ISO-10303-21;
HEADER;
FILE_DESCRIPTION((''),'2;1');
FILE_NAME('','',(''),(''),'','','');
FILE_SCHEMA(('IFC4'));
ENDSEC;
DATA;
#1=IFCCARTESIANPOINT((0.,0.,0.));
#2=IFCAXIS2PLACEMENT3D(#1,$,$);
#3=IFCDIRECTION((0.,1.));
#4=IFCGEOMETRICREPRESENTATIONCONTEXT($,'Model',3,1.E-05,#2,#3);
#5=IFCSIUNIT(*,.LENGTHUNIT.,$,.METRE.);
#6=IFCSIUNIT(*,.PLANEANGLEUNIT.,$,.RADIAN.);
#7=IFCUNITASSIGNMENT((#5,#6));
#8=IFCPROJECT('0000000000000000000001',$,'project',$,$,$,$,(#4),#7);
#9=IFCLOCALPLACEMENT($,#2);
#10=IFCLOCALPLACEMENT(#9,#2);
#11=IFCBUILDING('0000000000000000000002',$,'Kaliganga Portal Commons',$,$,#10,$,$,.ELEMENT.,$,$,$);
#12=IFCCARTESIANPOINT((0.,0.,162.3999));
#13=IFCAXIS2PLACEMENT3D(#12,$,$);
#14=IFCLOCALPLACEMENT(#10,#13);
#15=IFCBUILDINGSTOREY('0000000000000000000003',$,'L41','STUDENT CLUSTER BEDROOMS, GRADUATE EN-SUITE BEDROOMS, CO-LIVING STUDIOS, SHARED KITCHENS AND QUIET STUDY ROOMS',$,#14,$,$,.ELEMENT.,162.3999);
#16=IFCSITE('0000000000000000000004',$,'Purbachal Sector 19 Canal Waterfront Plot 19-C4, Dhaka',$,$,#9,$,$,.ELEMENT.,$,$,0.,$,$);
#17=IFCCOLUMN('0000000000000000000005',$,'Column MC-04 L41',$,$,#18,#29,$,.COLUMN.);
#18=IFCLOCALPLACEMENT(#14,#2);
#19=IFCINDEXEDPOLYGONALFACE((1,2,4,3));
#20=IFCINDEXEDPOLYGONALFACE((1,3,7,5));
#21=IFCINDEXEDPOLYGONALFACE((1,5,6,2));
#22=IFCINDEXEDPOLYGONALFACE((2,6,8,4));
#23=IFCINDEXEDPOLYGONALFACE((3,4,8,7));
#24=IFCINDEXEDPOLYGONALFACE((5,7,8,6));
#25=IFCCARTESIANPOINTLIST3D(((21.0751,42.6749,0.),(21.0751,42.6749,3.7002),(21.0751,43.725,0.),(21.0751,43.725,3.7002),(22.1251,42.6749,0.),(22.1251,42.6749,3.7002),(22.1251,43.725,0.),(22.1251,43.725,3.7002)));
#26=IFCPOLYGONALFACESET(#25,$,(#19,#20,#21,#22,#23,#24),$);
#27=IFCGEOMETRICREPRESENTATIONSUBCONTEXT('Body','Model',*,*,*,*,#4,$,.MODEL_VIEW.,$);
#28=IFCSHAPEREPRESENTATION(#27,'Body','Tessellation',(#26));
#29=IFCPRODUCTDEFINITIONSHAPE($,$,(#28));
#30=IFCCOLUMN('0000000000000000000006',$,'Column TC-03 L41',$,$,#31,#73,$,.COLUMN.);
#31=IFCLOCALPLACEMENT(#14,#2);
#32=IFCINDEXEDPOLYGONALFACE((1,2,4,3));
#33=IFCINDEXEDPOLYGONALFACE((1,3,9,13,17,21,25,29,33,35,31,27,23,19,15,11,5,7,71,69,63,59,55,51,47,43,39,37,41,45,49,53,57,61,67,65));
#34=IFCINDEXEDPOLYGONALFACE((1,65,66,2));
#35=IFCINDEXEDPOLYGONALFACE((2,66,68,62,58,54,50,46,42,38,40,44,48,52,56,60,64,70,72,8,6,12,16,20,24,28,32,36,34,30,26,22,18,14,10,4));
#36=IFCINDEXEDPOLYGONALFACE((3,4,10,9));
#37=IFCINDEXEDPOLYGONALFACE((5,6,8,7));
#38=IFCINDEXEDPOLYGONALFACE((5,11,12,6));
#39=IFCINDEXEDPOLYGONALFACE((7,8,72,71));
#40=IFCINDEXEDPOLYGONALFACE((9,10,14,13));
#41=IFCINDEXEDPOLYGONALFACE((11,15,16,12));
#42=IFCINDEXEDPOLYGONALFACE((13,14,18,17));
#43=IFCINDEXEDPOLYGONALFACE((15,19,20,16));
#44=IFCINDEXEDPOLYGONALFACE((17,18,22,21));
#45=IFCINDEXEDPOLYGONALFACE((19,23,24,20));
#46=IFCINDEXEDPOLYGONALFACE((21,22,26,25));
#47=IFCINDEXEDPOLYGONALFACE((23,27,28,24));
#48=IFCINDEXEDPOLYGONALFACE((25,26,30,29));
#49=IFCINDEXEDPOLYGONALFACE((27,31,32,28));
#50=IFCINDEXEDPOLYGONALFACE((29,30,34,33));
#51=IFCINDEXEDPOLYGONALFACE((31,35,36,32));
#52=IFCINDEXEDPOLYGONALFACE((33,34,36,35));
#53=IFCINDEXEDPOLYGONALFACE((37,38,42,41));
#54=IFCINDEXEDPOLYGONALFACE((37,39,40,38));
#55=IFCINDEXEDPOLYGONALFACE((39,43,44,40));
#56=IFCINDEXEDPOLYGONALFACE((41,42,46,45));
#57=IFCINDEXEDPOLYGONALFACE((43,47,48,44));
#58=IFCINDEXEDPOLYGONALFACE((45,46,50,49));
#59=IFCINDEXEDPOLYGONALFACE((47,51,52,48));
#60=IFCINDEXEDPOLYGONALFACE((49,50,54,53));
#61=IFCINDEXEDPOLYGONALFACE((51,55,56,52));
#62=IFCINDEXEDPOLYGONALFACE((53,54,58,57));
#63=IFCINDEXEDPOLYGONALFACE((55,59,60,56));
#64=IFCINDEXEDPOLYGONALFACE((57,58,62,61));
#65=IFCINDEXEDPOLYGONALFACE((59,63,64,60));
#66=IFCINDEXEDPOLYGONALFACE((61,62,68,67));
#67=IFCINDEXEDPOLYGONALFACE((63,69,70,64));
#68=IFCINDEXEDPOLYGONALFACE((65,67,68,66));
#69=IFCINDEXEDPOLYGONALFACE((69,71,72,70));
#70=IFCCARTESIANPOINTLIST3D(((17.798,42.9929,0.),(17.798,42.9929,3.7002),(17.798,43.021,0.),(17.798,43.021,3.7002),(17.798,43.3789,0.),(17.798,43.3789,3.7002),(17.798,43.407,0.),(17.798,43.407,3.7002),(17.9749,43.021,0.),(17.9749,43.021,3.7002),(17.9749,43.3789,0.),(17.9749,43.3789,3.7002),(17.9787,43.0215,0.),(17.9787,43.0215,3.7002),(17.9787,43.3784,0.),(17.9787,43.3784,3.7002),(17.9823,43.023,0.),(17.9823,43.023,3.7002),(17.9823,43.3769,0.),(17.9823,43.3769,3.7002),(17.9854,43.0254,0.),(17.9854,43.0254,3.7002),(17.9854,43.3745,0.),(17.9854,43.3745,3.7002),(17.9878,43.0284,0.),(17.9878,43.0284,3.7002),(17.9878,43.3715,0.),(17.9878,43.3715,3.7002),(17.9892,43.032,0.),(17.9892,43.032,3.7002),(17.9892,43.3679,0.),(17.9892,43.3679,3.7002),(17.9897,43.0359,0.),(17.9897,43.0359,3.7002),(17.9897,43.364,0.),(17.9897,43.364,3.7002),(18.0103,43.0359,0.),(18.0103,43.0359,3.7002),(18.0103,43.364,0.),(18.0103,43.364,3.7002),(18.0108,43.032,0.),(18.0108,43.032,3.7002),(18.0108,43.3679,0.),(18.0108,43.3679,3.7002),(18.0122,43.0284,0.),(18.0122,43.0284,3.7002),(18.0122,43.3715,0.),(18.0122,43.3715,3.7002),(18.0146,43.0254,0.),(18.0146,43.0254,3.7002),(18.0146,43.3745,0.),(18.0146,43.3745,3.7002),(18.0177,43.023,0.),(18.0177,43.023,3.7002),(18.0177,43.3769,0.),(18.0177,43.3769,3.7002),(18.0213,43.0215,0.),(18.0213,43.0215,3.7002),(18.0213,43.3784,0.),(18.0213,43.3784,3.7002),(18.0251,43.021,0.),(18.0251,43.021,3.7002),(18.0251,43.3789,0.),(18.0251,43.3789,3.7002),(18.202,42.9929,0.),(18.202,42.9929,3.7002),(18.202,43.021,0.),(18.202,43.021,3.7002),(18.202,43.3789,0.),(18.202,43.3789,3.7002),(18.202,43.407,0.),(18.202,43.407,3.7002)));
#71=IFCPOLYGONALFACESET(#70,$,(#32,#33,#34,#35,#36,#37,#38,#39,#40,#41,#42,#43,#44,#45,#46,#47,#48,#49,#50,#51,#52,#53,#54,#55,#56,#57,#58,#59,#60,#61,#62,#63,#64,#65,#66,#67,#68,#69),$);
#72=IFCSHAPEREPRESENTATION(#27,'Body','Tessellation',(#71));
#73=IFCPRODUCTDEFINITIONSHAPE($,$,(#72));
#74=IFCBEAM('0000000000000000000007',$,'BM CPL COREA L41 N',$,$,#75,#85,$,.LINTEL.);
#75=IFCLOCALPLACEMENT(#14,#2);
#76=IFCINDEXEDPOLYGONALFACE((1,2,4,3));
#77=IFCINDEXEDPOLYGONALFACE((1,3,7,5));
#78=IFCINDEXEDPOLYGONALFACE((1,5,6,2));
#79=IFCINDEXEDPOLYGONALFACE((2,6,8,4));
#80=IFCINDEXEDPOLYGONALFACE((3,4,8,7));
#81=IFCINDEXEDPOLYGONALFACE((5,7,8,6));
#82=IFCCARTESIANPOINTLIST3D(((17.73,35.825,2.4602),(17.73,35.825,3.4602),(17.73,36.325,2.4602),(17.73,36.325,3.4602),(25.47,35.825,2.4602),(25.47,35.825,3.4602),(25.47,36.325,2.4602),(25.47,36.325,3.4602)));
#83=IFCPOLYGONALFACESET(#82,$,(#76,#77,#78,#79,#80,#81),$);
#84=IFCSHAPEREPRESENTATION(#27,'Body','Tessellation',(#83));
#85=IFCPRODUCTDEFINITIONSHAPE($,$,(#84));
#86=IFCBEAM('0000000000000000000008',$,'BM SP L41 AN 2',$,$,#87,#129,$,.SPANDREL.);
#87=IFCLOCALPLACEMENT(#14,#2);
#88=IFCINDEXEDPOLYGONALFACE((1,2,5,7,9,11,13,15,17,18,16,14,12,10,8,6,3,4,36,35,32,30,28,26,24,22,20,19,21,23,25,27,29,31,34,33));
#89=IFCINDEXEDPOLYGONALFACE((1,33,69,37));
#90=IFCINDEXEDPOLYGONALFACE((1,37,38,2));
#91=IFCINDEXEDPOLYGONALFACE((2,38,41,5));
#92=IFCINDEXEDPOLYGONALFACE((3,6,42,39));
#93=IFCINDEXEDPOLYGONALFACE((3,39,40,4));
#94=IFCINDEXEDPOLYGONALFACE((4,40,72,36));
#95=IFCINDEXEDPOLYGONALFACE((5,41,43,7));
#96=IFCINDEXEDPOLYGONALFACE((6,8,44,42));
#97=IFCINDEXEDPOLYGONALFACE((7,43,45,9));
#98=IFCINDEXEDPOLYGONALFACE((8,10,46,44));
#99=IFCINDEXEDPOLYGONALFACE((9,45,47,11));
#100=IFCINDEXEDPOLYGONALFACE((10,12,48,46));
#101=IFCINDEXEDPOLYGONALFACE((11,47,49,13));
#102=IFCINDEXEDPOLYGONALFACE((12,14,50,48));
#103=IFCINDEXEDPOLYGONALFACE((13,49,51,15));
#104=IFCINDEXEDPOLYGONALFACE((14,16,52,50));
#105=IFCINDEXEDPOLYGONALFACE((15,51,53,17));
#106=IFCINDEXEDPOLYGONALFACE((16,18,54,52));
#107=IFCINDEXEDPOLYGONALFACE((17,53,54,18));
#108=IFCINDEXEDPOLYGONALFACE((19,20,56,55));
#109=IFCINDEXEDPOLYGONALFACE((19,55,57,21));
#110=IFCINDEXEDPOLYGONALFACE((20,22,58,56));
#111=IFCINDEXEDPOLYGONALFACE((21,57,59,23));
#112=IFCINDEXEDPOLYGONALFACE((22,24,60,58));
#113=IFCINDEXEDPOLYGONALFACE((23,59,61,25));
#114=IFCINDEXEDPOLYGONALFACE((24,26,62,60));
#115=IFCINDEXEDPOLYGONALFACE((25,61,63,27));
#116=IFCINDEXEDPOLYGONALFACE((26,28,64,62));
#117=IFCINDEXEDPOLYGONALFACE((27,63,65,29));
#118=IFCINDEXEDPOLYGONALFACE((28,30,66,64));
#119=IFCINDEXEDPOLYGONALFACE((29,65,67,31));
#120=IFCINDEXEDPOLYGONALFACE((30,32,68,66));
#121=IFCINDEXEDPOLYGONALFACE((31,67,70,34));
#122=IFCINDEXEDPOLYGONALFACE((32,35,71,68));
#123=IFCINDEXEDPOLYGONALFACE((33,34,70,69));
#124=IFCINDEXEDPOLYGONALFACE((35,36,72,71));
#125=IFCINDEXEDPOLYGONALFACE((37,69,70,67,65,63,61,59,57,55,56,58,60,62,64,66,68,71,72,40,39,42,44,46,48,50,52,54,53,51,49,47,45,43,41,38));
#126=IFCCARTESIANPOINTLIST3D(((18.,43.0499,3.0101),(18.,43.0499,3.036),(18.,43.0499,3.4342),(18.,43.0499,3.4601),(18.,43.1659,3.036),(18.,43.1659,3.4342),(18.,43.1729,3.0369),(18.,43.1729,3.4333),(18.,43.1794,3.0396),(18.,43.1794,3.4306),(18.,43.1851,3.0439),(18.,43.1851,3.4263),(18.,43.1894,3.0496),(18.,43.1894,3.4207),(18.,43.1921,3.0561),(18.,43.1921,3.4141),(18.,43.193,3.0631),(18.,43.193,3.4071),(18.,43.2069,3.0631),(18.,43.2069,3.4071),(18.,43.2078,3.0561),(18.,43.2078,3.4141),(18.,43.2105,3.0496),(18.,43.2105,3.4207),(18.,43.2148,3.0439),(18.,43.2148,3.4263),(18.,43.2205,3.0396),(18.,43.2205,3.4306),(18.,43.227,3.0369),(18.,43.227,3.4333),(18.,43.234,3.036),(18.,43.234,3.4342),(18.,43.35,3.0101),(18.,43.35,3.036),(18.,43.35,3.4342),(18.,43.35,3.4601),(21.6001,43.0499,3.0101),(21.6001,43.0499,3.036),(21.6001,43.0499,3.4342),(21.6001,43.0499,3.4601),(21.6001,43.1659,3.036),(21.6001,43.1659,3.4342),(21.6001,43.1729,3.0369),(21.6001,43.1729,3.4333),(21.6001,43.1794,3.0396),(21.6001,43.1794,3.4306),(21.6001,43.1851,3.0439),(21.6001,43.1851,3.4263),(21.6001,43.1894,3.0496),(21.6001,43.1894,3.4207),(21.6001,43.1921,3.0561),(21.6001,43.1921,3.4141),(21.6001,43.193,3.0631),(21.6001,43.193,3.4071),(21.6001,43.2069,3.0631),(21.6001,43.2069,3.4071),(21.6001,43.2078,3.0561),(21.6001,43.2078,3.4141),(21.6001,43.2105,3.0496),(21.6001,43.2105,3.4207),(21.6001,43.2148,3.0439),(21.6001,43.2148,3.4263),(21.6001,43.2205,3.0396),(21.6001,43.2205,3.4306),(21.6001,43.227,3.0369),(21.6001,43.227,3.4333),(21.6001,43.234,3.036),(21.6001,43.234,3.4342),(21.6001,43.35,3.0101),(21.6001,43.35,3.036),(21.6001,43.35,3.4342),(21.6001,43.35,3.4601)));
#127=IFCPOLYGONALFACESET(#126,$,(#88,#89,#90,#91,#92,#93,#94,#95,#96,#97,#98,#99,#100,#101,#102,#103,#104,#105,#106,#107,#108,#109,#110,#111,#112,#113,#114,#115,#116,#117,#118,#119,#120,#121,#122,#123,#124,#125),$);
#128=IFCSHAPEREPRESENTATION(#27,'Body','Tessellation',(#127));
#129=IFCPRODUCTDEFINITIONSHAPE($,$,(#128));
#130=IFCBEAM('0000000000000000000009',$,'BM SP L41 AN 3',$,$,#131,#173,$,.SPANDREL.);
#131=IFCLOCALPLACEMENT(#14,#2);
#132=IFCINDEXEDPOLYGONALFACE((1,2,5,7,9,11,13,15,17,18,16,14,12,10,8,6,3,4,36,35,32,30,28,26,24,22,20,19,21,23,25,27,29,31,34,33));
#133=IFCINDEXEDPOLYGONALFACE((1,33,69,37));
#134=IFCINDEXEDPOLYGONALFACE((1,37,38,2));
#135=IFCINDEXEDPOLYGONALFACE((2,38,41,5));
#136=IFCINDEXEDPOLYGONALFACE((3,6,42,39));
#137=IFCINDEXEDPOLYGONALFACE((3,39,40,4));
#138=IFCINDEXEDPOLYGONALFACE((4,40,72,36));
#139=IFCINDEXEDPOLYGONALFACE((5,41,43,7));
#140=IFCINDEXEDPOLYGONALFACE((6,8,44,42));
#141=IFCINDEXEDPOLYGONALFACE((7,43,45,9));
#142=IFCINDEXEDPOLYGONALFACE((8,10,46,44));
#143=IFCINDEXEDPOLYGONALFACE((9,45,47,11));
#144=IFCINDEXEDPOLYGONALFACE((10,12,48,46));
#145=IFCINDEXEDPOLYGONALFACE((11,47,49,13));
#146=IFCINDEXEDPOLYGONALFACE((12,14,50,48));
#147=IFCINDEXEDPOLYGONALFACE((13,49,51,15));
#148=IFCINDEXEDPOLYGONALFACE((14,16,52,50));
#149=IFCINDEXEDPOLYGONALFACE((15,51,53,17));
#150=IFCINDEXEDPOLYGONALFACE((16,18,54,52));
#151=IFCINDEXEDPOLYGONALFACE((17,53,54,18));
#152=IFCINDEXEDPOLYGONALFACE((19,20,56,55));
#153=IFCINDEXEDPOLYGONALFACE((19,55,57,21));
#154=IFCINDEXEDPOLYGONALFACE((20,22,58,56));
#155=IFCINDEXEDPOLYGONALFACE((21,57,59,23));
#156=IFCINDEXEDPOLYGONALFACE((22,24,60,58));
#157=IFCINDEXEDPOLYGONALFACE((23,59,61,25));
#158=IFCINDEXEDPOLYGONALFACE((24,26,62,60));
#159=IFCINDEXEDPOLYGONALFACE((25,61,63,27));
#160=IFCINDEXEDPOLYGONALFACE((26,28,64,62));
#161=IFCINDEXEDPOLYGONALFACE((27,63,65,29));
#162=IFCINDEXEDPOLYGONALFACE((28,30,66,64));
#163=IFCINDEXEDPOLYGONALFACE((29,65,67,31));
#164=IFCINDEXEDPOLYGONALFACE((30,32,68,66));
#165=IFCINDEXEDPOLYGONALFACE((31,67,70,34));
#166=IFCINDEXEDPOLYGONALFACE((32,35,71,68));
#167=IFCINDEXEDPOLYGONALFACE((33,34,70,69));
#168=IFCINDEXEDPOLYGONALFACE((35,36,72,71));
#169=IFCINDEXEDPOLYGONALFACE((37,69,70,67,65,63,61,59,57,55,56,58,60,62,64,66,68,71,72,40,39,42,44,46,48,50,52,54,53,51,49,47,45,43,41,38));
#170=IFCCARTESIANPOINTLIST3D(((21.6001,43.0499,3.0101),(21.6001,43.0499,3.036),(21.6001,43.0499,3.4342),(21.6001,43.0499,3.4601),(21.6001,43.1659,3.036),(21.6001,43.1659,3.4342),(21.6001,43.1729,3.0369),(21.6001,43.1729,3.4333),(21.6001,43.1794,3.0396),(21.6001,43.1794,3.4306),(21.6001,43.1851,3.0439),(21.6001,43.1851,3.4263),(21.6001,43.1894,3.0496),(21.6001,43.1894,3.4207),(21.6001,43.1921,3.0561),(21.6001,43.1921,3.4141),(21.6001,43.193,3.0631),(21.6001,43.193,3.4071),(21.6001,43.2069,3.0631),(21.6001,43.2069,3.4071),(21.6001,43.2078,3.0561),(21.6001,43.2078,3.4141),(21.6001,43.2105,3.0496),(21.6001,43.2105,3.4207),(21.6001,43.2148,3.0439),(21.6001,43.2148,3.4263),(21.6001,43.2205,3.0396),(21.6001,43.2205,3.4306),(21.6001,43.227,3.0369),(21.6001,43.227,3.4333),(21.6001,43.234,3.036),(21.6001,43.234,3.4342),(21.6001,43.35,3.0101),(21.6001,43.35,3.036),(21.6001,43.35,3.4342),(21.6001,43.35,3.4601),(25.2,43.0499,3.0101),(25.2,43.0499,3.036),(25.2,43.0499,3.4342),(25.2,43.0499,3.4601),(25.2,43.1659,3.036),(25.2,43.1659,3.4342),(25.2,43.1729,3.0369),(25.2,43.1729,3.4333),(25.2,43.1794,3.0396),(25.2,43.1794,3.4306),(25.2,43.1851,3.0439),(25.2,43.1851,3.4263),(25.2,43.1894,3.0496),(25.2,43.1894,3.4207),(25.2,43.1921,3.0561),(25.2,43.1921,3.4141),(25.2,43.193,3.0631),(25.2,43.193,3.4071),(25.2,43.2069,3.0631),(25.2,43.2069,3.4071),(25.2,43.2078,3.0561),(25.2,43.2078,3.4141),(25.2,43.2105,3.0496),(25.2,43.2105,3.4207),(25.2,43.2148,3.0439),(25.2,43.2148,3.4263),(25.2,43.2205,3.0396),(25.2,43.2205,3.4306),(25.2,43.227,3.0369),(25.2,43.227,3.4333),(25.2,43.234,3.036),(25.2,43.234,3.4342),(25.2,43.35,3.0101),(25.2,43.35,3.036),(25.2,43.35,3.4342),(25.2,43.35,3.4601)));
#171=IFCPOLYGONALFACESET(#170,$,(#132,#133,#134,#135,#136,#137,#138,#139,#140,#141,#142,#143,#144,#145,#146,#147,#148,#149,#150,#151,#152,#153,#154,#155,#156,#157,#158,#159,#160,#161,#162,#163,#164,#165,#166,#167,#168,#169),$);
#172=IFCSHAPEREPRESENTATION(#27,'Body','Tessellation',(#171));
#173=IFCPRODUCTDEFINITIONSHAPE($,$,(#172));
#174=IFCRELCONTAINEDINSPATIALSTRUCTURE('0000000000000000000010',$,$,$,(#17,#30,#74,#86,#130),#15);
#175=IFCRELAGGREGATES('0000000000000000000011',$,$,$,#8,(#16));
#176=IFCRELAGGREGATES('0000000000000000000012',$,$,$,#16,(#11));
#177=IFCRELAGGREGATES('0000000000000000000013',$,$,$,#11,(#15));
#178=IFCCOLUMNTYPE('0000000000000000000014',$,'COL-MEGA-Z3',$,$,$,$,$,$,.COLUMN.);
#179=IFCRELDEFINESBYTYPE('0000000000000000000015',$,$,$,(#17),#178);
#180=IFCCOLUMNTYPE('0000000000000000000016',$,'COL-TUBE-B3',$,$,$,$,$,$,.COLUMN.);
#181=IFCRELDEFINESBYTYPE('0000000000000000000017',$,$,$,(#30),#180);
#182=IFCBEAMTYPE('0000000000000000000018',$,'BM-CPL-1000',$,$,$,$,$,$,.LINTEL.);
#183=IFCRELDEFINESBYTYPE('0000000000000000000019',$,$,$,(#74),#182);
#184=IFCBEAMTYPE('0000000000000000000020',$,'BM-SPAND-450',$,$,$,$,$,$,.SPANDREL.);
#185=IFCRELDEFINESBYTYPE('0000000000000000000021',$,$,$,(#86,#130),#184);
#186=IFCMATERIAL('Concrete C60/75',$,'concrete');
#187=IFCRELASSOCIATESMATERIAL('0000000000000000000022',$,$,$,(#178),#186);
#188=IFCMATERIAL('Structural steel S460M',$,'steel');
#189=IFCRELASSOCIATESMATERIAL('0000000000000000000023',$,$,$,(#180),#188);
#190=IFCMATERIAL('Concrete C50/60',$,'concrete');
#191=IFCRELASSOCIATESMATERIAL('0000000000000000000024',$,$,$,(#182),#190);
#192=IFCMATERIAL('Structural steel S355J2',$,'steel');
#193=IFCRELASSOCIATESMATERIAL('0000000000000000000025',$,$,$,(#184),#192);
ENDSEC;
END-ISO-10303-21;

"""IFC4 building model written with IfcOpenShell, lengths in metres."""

from ifc_helpers import new_model, si_unit, direction, frame, origin, origin_2d, place, context, subcontext, project, spatial, rectangle, i_section, extrude, source, transform, mapped, material, material_profile, profile_set, type_object, element, save


model = new_model("IFC4")

# Units and contexts
model_context = context("Model", 3, precision=1e-05, world=origin(), true_north=direction((0.0, 1.0)))
body_context = subcontext(model_context, "Body", "Model", "MODEL_VIEW")
ifc_project = project(units=[si_unit("LENGTHUNIT", "METRE"), si_unit("PLANEANGLEUNIT", "RADIAN")], contexts=[model_context])

# Site, building, storey
site_placement = place(None, origin())
site = spatial("IfcSite", under=ifc_project, at=site_placement, Name="Purbachal Sector 19 Canal Waterfront Plot 19-C4, Dhaka", CompositionType="ELEMENT", RefElevation=0.0)
building_placement = place(site_placement, origin())
building = spatial("IfcBuilding", under=site, at=building_placement, Name="Kaliganga Portal Commons", CompositionType="ELEMENT")
storey_placement = place(building_placement, frame((0.0, 0.0, 162.3999)))
storey = spatial("IfcBuildingStorey", under=building, at=storey_placement, Name="L41", Description="STUDENT CLUSTER BEDROOMS, GRADUATE EN-SUITE BEDROOMS, CO-LIVING STUDIOS, SHARED KITCHENS AND QUIET STUDY ROOMS", CompositionType="ELEMENT", Elevation=162.3999)

# Columns
ifc_material_1 = material(Name="Concrete C60/75", Category="concrete")
ifc_material_profile_1 = material_profile(ifc_material_1, rectangle(XDim=1.05, YDim=1.05, at=origin_2d()), Name="RC 1050x1050")
ifc_profile_set_1 = profile_set([ifc_material_profile_1], Name="Concrete C60/75")
column_type_1 = type_object("IfcColumnType", Name="COL-MEGA-Z3", PredefinedType="COLUMN", material=ifc_profile_set_1)
shared_shape_1 = source(origin(), body_context, "Body", "SweptSolid", [
    extrude(rectangle(XDim=1.05, YDim=1.05, at=origin_2d()), origin(), (0.0, 0.0, 1.0), 3.7002),
])
column_1_placement = place(storey_placement, frame((21.6001, 43.2, 0.0), z_axis=(0.0, 0.0, 1.0), x_axis=(1.0, 0.0, 0.0)))
element("IfcColumn", 1, at=column_1_placement, inside=storey, type_object=column_type_1, Name="Column MC-04 L41", PredefinedType="COLUMN", context=body_context, shape_type="MappedRepresentation", body=[
    mapped(shared_shape_1, transform((0.0, 0.0, 0.0), x_axis=(1.0, 0.0, 0.0), y_axis=(0.0, 1.0, 0.0), z_axis=(0.0, 0.0, 1.0), scale=1.0)),
])
ifc_material_2 = material(Name="Structural steel S460M", Category="steel")
ifc_material_profile_2 = material_profile(ifc_material_2, i_section(OverallWidth=0.4041, OverallDepth=0.4141, WebThickness=0.0205, FlangeThickness=0.0281, FilletRadius=0.0149, at=origin_2d()), Name="HD 400x347")
ifc_profile_set_2 = profile_set([ifc_material_profile_2], Name="Structural steel S460M wide-flange")
column_type_2 = type_object("IfcColumnType", Name="COL-TUBE-B3", PredefinedType="COLUMN", material=ifc_profile_set_2)
shared_shape_2 = source(origin(), body_context, "Body", "SweptSolid", [
    extrude(i_section(OverallWidth=0.4041, OverallDepth=0.4141, WebThickness=0.0205, FlangeThickness=0.0281, FilletRadius=0.0149, at=origin_2d()), origin(), (0.0, 0.0, 1.0), 3.7002),
])
column_2_placement = place(storey_placement, frame((18.0, 43.2, 0.0), z_axis=(0.0, 0.0, 1.0), x_axis=(1.0, 0.0, 0.0)))
element("IfcColumn", 2, at=column_2_placement, inside=storey, type_object=column_type_2, Name="Column TC-03 L41", PredefinedType="COLUMN", context=body_context, shape_type="MappedRepresentation", body=[
    mapped(shared_shape_2, transform((0.0, 0.0, 0.0), x_axis=(1.0, 0.0, 0.0), y_axis=(0.0, 1.0, 0.0), z_axis=(0.0, 0.0, 1.0), scale=1.0)),
])

# Beams
ifc_material_3 = material(Name="Concrete C50/60", Category="concrete")
ifc_material_profile_3 = material_profile(ifc_material_3, rectangle(XDim=0.5, YDim=1.0, at=origin_2d()), Name="RC 500x1000")
ifc_profile_set_3 = profile_set([ifc_material_profile_3], Name="Concrete C50/60")
beam_type_1 = type_object("IfcBeamType", Name="BM-CPL-1000", PredefinedType="LINTEL", material=ifc_profile_set_3)
shared_shape_3 = source(origin(), body_context, "Body", "SweptSolid", [
    extrude(rectangle(XDim=0.5, YDim=1.0, at=origin_2d()), origin(), (0.0, 0.0, 1.0), 7.74),
])
beam_1_placement = place(storey_placement, frame((17.73, 36.075, 2.9602), z_axis=(1.0, 0.0, 0.0), x_axis=(0.0, 1.0, 0.0)))
element("IfcBeam", 3, at=beam_1_placement, inside=storey, type_object=beam_type_1, Name="BM CPL COREA L41 N", PredefinedType="LINTEL", context=body_context, shape_type="MappedRepresentation", body=[
    mapped(shared_shape_3, transform((0.0, 0.0, 0.0), x_axis=(1.0, 0.0, 0.0), y_axis=(0.0, 1.0, 0.0), z_axis=(0.0, 0.0, 1.0), scale=1.0)),
])
ifc_material_4 = material(Name="Structural steel S355J2", Category="steel")
ifc_material_profile_4 = material_profile(ifc_material_4, i_section(OverallWidth=0.3, OverallDepth=0.45, WebThickness=0.0139, FlangeThickness=0.0259, FilletRadius=0.0271, at=origin_2d()), Name="HE 450 B")
ifc_profile_set_4 = profile_set([ifc_material_profile_4], Name="Structural steel S355J2 wide-flange")
beam_type_2 = type_object("IfcBeamType", Name="BM-SPAND-450", PredefinedType="SPANDREL", material=ifc_profile_set_4)
shared_shape_4 = source(origin(), body_context, "Body", "SweptSolid", [
    extrude(i_section(OverallWidth=0.3, OverallDepth=0.45, WebThickness=0.0139, FlangeThickness=0.0259, FilletRadius=0.0271, at=origin_2d()), origin(), (0.0, 0.0, 1.0), 3.6001),
])
beam_2_placement = place(storey_placement, frame((18.0, 43.2, 3.2351), z_axis=(1.0, 0.0, 0.0), x_axis=(0.0, 1.0, 0.0)))
element("IfcBeam", 4, at=beam_2_placement, inside=storey, type_object=beam_type_2, Name="BM SP L41 AN 2", PredefinedType="SPANDREL", context=body_context, shape_type="MappedRepresentation", body=[
    mapped(shared_shape_4, transform((0.0, 0.0, 0.0), x_axis=(1.0, 0.0, 0.0), y_axis=(0.0, 1.0, 0.0), z_axis=(0.0, 0.0, 1.0), scale=1.0)),
])
shared_shape_5 = source(origin(), body_context, "Body", "SweptSolid", [
    extrude(i_section(OverallWidth=0.3, OverallDepth=0.45, WebThickness=0.0139, FlangeThickness=0.0259, FilletRadius=0.0271, at=origin_2d()), origin(), (0.0, 0.0, 1.0), 3.5999),
])
beam_3_placement = place(storey_placement, frame((21.6001, 43.2, 3.2351), z_axis=(1.0, 0.0, 0.0), x_axis=(0.0, 1.0, 0.0)))
element("IfcBeam", 5, at=beam_3_placement, inside=storey, type_object=beam_type_2, Name="BM SP L41 AN 3", PredefinedType="SPANDREL", context=body_context, shape_type="MappedRepresentation", body=[
    mapped(shared_shape_5, transform((0.0, 0.0, 0.0), x_axis=(1.0, 0.0, 0.0), y_axis=(0.0, 1.0, 0.0), z_axis=(0.0, 0.0, 1.0), scale=1.0)),
])

save(model, "model.ifc")
